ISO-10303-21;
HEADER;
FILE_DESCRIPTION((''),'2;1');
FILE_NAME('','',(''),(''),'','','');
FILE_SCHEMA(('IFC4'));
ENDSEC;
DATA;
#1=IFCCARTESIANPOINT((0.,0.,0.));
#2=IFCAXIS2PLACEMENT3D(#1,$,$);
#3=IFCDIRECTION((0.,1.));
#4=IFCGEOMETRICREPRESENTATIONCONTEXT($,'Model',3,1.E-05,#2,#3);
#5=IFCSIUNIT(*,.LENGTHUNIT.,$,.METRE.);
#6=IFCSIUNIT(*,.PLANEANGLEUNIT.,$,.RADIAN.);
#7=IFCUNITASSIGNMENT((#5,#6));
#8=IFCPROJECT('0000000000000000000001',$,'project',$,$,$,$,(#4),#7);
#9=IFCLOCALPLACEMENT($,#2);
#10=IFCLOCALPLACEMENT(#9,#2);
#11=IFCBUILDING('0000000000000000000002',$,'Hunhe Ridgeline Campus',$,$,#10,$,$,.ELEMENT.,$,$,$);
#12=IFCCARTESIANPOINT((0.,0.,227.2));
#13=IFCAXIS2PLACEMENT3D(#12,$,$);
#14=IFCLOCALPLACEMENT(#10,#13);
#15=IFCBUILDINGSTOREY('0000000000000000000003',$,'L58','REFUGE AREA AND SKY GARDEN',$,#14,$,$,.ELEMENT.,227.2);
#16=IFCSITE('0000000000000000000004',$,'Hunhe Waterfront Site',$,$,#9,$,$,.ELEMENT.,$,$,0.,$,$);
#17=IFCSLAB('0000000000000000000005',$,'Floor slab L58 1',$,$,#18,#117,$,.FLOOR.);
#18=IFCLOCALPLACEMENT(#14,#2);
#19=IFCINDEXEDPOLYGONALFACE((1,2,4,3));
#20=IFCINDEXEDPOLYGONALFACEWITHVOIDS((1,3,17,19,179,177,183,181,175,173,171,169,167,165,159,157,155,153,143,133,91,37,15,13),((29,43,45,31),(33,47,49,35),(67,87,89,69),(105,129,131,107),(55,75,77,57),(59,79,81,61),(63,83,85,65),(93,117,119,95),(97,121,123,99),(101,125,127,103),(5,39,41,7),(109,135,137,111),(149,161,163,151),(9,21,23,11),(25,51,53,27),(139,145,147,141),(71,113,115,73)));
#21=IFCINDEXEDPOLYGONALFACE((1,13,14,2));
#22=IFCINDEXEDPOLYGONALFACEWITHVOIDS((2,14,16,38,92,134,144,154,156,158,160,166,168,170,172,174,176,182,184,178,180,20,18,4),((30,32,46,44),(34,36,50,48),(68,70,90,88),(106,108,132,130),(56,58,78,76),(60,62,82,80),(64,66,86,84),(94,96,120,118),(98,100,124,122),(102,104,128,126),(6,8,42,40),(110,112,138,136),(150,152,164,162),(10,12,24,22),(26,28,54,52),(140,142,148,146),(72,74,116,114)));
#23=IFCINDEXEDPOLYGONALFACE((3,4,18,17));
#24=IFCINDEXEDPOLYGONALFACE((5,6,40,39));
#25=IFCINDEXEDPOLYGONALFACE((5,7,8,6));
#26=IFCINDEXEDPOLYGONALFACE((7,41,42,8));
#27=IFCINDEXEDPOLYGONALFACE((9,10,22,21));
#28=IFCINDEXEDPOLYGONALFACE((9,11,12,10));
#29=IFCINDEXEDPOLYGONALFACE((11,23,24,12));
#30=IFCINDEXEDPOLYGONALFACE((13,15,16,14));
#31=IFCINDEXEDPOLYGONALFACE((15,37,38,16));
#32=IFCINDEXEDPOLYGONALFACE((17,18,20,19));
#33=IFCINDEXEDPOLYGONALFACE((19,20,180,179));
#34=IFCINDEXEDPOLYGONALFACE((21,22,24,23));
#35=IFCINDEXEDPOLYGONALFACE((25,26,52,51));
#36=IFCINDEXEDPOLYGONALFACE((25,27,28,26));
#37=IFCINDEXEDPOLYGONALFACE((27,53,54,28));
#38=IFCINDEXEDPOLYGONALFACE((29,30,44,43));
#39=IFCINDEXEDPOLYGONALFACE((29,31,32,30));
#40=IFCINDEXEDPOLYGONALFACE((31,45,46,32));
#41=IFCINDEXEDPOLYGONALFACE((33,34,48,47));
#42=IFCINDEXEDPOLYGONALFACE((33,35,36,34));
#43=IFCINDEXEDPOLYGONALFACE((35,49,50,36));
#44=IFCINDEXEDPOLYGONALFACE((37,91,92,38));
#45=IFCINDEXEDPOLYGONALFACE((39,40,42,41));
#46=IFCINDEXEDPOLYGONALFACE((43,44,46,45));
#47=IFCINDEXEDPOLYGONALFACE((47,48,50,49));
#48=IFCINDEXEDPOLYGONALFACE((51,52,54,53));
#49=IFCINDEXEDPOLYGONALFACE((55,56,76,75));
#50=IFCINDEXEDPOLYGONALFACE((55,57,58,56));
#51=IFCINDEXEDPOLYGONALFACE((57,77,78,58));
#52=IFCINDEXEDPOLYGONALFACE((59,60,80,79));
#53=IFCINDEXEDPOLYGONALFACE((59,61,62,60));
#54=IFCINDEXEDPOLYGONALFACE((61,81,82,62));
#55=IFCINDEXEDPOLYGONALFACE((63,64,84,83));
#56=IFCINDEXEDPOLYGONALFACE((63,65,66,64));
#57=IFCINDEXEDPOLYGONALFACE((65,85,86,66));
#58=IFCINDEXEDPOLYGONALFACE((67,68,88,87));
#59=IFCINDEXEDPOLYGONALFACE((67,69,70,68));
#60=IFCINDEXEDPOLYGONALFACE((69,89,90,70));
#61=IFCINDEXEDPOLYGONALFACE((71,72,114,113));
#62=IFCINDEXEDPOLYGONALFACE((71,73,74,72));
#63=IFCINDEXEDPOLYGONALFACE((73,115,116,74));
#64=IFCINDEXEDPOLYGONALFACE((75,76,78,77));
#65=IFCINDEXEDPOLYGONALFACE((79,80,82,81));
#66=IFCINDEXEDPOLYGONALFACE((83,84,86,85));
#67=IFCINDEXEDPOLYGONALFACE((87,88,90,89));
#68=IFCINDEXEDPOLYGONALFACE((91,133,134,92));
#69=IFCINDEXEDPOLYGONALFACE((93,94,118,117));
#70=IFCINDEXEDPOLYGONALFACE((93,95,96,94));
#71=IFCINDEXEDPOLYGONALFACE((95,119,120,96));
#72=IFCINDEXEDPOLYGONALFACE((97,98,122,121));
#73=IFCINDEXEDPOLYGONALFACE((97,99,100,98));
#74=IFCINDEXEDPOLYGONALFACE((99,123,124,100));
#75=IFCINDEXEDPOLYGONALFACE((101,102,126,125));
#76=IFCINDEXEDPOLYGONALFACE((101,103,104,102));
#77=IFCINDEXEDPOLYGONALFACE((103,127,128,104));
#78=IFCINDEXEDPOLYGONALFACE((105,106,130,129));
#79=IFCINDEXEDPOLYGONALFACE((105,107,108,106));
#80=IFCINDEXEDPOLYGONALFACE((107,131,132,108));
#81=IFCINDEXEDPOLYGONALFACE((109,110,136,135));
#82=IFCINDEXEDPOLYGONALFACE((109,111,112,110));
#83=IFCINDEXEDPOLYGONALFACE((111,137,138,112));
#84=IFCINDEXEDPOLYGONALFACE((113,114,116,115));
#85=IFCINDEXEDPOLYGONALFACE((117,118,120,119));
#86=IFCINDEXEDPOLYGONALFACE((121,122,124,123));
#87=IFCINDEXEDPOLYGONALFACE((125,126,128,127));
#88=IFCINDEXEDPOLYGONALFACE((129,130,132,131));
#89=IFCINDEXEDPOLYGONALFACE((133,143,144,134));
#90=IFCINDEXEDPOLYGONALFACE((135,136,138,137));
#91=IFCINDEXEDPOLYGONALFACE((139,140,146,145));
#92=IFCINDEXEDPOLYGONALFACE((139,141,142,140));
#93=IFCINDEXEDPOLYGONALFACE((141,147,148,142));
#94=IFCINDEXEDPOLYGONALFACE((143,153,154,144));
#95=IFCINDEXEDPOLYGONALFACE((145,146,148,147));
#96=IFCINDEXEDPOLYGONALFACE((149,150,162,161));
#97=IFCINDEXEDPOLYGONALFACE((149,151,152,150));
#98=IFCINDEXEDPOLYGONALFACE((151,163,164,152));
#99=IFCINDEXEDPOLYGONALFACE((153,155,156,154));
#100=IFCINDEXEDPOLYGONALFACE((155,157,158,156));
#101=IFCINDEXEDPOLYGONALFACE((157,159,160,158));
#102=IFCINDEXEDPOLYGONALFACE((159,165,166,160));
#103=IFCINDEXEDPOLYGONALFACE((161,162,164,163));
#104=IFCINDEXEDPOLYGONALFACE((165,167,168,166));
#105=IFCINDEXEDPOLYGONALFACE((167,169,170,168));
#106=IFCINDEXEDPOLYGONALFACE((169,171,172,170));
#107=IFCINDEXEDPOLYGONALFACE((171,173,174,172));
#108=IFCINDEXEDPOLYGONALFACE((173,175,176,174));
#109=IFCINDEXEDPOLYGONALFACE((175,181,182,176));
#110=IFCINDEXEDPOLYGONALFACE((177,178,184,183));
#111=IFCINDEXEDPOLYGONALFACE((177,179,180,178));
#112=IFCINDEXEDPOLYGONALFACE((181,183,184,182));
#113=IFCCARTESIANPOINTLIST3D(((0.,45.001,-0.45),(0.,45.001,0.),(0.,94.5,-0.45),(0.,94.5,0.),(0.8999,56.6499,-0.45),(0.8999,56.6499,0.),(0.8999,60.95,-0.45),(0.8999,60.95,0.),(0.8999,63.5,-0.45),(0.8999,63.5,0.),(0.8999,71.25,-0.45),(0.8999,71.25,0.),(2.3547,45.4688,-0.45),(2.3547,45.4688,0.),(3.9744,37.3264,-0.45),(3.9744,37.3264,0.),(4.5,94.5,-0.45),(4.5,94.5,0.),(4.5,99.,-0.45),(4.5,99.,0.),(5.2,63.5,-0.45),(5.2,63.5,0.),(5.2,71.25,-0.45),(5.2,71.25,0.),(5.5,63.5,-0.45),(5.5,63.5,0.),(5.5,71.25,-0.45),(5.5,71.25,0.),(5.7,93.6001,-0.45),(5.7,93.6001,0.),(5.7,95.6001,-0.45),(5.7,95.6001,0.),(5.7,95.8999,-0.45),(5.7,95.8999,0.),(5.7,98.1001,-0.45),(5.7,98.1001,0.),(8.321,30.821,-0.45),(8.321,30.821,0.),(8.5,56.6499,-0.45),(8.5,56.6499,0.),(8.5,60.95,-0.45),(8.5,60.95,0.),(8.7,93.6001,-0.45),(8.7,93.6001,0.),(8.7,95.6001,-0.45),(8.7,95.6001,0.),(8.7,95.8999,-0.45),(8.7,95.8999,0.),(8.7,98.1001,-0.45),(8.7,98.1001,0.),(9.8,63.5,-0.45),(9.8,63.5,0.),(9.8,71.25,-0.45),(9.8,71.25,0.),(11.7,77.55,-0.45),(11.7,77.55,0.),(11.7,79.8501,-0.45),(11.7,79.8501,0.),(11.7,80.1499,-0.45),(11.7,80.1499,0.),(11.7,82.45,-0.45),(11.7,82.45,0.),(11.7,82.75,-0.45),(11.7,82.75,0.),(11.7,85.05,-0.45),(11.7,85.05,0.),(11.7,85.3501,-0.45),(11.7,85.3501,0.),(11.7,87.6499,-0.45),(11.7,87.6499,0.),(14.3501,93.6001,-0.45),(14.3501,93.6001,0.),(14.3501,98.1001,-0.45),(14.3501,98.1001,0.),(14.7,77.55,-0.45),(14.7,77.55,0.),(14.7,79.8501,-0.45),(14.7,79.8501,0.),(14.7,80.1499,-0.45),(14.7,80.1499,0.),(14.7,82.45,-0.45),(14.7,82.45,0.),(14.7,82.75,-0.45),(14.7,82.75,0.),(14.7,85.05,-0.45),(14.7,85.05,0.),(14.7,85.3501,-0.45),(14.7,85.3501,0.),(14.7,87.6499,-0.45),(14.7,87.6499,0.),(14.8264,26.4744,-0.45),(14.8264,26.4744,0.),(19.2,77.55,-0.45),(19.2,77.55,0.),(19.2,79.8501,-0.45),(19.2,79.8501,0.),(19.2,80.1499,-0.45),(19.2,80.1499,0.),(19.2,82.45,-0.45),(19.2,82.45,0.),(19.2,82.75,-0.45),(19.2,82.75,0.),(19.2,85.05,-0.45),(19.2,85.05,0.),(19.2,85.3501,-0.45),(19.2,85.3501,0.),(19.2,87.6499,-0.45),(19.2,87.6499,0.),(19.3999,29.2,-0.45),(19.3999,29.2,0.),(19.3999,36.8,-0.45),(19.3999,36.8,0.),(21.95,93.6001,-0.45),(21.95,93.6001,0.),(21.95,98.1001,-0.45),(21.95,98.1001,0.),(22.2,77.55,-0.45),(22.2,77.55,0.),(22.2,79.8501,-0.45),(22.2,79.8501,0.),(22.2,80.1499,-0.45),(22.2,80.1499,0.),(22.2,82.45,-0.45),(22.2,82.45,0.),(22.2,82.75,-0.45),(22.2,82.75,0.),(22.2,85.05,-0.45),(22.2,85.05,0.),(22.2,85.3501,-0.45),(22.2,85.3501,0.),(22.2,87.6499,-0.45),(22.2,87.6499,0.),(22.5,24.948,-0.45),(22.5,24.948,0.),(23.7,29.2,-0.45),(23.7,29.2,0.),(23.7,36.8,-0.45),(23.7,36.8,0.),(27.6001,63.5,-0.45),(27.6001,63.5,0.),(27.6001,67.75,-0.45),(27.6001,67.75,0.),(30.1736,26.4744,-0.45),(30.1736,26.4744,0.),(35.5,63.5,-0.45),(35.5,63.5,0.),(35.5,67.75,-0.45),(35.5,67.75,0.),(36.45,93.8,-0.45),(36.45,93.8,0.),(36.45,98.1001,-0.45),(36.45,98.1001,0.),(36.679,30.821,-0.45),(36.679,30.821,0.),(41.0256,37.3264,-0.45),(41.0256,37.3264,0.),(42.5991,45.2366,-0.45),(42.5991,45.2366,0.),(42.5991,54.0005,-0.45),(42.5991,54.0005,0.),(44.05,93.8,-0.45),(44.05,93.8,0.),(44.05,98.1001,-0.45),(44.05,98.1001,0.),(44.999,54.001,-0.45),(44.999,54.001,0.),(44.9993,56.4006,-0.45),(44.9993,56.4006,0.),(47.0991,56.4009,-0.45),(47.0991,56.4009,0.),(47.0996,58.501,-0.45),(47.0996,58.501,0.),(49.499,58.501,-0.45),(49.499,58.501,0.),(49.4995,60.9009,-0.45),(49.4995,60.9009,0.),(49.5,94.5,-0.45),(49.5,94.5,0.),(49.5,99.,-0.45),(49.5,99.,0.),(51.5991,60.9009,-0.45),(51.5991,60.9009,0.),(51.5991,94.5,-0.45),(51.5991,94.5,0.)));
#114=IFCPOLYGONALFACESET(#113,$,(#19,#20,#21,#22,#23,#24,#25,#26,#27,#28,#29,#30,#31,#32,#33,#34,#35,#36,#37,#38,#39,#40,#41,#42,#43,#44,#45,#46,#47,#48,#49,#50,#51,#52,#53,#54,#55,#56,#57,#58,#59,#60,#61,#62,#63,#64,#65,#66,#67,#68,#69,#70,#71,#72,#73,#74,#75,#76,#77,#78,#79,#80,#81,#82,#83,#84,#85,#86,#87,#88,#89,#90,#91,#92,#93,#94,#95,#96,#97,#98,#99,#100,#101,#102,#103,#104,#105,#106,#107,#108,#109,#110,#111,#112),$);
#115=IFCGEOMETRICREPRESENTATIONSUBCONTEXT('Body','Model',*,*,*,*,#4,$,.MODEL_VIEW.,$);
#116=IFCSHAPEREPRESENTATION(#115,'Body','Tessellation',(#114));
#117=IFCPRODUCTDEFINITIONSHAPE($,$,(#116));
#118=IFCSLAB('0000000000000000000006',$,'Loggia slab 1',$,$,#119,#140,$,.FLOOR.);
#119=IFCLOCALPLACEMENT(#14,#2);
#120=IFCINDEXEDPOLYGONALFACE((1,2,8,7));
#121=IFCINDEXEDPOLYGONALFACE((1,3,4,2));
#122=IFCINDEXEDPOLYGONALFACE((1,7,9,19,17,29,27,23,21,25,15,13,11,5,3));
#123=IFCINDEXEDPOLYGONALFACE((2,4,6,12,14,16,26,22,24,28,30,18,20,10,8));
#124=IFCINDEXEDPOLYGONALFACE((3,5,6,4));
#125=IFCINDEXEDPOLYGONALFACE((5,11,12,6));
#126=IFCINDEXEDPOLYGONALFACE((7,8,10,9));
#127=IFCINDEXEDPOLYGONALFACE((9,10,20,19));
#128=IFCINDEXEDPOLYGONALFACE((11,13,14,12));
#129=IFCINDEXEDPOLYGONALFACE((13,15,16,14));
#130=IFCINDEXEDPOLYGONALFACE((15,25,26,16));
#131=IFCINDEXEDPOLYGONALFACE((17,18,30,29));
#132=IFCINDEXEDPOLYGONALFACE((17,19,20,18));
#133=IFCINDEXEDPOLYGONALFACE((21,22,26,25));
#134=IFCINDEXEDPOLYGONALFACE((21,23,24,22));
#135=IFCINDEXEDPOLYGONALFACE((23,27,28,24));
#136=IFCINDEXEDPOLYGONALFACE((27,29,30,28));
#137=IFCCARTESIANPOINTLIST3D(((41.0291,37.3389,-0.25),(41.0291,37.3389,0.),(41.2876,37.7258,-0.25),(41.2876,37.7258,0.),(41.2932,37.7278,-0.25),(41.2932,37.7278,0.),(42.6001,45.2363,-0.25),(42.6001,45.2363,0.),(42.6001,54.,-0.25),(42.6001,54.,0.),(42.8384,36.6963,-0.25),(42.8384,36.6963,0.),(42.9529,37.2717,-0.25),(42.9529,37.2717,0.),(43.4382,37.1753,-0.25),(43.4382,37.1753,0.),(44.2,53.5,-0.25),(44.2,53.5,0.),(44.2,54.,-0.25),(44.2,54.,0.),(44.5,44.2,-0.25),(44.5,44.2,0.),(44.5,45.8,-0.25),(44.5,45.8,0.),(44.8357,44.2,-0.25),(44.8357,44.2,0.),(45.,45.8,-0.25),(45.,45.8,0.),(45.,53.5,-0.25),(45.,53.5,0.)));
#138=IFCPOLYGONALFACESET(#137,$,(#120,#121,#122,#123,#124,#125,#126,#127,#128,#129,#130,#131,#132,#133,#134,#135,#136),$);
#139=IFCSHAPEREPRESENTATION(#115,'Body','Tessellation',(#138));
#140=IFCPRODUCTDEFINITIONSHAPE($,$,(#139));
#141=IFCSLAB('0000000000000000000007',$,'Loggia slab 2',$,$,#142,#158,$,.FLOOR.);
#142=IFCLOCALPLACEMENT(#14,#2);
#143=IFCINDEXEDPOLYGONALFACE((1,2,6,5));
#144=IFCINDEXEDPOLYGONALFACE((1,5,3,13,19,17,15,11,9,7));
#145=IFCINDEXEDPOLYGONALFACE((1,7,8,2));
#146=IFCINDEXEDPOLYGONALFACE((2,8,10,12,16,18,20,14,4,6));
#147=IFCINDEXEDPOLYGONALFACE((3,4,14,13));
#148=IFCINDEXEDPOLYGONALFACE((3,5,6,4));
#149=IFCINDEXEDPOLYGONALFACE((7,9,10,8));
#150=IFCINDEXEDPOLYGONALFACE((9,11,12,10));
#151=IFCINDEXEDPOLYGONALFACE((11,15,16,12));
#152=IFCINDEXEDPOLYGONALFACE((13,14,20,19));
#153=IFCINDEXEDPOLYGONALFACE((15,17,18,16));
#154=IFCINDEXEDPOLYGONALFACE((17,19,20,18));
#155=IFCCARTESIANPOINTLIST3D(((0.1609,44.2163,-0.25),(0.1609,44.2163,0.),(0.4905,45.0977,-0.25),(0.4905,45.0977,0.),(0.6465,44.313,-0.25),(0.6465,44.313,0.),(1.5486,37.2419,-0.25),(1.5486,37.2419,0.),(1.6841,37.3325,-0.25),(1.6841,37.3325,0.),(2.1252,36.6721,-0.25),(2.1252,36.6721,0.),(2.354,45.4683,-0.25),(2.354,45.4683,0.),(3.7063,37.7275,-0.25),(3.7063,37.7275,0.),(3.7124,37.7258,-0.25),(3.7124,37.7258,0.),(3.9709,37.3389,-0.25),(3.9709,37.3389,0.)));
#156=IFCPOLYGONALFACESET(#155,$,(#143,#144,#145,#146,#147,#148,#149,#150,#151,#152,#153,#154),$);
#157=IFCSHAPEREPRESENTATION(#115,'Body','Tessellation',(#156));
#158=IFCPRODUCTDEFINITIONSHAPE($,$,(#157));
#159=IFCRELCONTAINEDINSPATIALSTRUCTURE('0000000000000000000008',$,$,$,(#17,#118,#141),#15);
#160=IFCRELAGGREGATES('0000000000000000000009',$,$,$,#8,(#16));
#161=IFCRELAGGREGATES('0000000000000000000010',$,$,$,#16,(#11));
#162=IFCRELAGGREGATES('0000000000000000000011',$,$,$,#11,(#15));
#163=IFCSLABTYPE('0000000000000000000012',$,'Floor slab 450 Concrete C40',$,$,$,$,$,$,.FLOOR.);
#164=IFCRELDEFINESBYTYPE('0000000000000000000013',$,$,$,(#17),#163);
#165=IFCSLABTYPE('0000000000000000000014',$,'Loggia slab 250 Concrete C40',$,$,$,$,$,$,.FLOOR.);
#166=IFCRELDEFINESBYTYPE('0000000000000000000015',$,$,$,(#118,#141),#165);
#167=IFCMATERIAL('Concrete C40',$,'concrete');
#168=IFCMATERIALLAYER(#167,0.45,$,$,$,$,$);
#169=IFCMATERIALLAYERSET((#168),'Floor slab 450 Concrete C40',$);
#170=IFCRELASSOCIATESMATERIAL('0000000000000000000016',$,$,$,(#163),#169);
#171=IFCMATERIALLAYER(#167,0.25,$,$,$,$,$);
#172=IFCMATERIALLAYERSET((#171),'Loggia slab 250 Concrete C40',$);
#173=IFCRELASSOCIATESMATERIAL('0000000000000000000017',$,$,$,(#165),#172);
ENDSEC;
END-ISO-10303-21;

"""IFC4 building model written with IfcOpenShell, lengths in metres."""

from ifc_helpers import new_model, si_unit, direction, frame, origin, place, context, subcontext, project, spatial, polyline, outline, extrude, material, layer, layer_set, type_object, element, save


model = new_model("IFC4")

# Units and contexts
model_context = context("Model", 3, precision=1e-05, world=origin(), true_north=direction((0.0, 1.0)))
body_context = subcontext(model_context, "Body", "Model", "MODEL_VIEW")
ifc_project = project(units=[si_unit("LENGTHUNIT", "METRE"), si_unit("PLANEANGLEUNIT", "RADIAN")], contexts=[model_context])

# Site, building, storey
site_placement = place(None, origin())
site = spatial("IfcSite", under=ifc_project, at=site_placement, Name="Hunhe Waterfront Site", CompositionType="ELEMENT", RefElevation=0.0)
building_placement = place(site_placement, origin())
building = spatial("IfcBuilding", under=site, at=building_placement, Name="Hunhe Ridgeline Campus", CompositionType="ELEMENT")
storey_placement = place(building_placement, frame((0.0, 0.0, 227.2)))
storey = spatial("IfcBuildingStorey", under=building, at=storey_placement, Name="L58", Description="REFUGE AREA AND SKY GARDEN", CompositionType="ELEMENT", Elevation=227.2)

# Slabs
ifc_material_1 = material(Name="Concrete C40", Category="concrete")
ifc_layer_1 = layer(ifc_material_1, 0.45)
ifc_layer_set_1 = layer_set([ifc_layer_1], Name="Floor slab 450 Concrete C40")
slab_type_1 = type_object("IfcSlabType", Name="Floor slab 450 Concrete C40", PredefinedType="FLOOR", material=ifc_layer_set_1)
slab_1_placement = place(storey_placement, frame((0.0, 0.0, -0.45)))
element("IfcSlab", 1, at=slab_1_placement, inside=storey, type_object=slab_type_1, Name="Floor slab L58 1", PredefinedType="FLOOR", context=body_context, shape_type="SweptSolid", body=[
    extrude(outline(polyline([(36.679, 30.821), (41.0256, 37.3264), (42.5991, 45.2366), (42.5991, 54.0005), (44.999, 54.001), (44.9993, 56.4006), (47.0991, 56.4009), (47.0996, 58.501), (49.499, 58.501), (49.4995, 60.9009), (51.5991, 60.9009), (51.5991, 94.5), (49.5, 94.5), (49.5, 99.0), (4.5, 99.0), (4.5, 94.5), (0.0, 94.5), (0.0, 45.001), (2.3547, 45.4688), (3.9744, 37.3264), (8.321, 30.821), (14.8264, 26.4744), (22.5, 24.948), (30.1736, 26.4744), (36.679, 30.821)]), holes=[polyline([(36.45, 98.1001), (36.45, 93.8), (44.05, 93.8), (44.05, 98.1001), (36.45, 98.1001)]), polyline([(27.6001, 63.5), (35.5, 63.5), (35.5, 67.75), (27.6001, 67.75), (27.6001, 63.5)]), polyline([(19.3999, 36.8), (19.3999, 29.2), (23.7, 29.2), (23.7, 36.8), (19.3999, 36.8)]), polyline([(22.2, 87.6499), (19.2, 87.6499), (19.2, 85.3501), (22.2, 85.3501), (22.2, 87.6499)]), polyline([(22.2, 77.55), (22.2, 79.8501), (19.2, 79.8501), (19.2, 77.55), (22.2, 77.55)]), polyline([(19.2, 85.05), (19.2, 82.75), (22.2, 82.75), (22.2, 85.05), (19.2, 85.05)]), polyline([(19.2, 80.1499), (22.2, 80.1499), (22.2, 82.45), (19.2, 82.45), (19.2, 80.1499)]), polyline([(14.3501, 98.1001), (14.3501, 93.6001), (21.95, 93.6001), (21.95, 98.1001), (14.3501, 98.1001)]), polyline([(14.7, 87.6499), (11.7, 87.6499), (11.7, 85.3501), (14.7, 85.3501), (14.7, 87.6499)]), polyline([(14.7, 77.55), (14.7, 79.8501), (11.7, 79.8501), (11.7, 77.55), (14.7, 77.55)]), polyline([(11.7, 85.05), (11.7, 82.75), (14.7, 82.75), (14.7, 85.05), (11.7, 85.05)]), polyline([(11.7, 80.1499), (14.7, 80.1499), (14.7, 82.45), (11.7, 82.45), (11.7, 80.1499)]), polyline([(9.8, 63.5), (9.8, 71.25), (5.5, 71.25), (5.5, 63.5), (9.8, 63.5)]), polyline([(8.7, 93.6001), (8.7, 95.6001), (5.7, 95.6001), (5.7, 93.6001), (8.7, 93.6001)]), polyline([(5.7, 95.8999), (8.7, 95.8999), (8.7, 98.1001), (5.7, 98.1001), (5.7, 95.8999)]), polyline([(0.8999, 60.95), (0.8999, 56.6499), (8.5, 56.6499), (8.5, 60.95), (0.8999, 60.95)]), polyline([(5.2, 71.25), (0.8999, 71.25), (0.8999, 63.5), (5.2, 63.5), (5.2, 71.25)])]), origin(), (0.0, 0.0, 1.0), 0.45),
])
ifc_layer_2 = layer(ifc_material_1, 0.25)
ifc_layer_set_2 = layer_set([ifc_layer_2], Name="Loggia slab 250 Concrete C40")
slab_type_2 = type_object("IfcSlabType", Name="Loggia slab 250 Concrete C40", PredefinedType="FLOOR", material=ifc_layer_set_2)
slab_2_placement = place(storey_placement, frame((0.0, 0.0, -0.25)))
element("IfcSlab", 2, at=slab_2_placement, inside=storey, type_object=slab_type_2, Name="Loggia slab 1", PredefinedType="FLOOR", context=body_context, shape_type="SweptSolid", body=[
    extrude(outline(polyline([(41.0291, 37.3389), (41.2876, 37.7258), (41.2932, 37.7278), (42.8384, 36.6963), (42.9529, 37.2717), (43.4382, 37.1753), (44.8357, 44.2), (44.5, 44.2), (44.5, 45.8), (45.0, 45.8), (45.0, 53.5), (44.2, 53.5), (44.2, 54.0), (42.6001, 54.0), (42.6001, 45.2363), (41.0291, 37.3389)])), origin(), (0.0, 0.0, 1.0), 0.25),
])
slab_3_placement = place(storey_placement, frame((0.0, 0.0, -0.25)))
element("IfcSlab", 3, at=slab_3_placement, inside=storey, type_object=slab_type_2, Name="Loggia slab 2", PredefinedType="FLOOR", context=body_context, shape_type="SweptSolid", body=[
    extrude(outline(polyline([(2.1252, 36.6721), (3.7063, 37.7275), (3.7124, 37.7258), (3.9709, 37.3389), (2.354, 45.4683), (0.4905, 45.0977), (0.6465, 44.313), (0.1609, 44.2163), (1.5486, 37.2419), (1.6841, 37.3325), (2.1252, 36.6721)])), origin(), (0.0, 0.0, 1.0), 0.25),
])

save(model, "model.ifc")
